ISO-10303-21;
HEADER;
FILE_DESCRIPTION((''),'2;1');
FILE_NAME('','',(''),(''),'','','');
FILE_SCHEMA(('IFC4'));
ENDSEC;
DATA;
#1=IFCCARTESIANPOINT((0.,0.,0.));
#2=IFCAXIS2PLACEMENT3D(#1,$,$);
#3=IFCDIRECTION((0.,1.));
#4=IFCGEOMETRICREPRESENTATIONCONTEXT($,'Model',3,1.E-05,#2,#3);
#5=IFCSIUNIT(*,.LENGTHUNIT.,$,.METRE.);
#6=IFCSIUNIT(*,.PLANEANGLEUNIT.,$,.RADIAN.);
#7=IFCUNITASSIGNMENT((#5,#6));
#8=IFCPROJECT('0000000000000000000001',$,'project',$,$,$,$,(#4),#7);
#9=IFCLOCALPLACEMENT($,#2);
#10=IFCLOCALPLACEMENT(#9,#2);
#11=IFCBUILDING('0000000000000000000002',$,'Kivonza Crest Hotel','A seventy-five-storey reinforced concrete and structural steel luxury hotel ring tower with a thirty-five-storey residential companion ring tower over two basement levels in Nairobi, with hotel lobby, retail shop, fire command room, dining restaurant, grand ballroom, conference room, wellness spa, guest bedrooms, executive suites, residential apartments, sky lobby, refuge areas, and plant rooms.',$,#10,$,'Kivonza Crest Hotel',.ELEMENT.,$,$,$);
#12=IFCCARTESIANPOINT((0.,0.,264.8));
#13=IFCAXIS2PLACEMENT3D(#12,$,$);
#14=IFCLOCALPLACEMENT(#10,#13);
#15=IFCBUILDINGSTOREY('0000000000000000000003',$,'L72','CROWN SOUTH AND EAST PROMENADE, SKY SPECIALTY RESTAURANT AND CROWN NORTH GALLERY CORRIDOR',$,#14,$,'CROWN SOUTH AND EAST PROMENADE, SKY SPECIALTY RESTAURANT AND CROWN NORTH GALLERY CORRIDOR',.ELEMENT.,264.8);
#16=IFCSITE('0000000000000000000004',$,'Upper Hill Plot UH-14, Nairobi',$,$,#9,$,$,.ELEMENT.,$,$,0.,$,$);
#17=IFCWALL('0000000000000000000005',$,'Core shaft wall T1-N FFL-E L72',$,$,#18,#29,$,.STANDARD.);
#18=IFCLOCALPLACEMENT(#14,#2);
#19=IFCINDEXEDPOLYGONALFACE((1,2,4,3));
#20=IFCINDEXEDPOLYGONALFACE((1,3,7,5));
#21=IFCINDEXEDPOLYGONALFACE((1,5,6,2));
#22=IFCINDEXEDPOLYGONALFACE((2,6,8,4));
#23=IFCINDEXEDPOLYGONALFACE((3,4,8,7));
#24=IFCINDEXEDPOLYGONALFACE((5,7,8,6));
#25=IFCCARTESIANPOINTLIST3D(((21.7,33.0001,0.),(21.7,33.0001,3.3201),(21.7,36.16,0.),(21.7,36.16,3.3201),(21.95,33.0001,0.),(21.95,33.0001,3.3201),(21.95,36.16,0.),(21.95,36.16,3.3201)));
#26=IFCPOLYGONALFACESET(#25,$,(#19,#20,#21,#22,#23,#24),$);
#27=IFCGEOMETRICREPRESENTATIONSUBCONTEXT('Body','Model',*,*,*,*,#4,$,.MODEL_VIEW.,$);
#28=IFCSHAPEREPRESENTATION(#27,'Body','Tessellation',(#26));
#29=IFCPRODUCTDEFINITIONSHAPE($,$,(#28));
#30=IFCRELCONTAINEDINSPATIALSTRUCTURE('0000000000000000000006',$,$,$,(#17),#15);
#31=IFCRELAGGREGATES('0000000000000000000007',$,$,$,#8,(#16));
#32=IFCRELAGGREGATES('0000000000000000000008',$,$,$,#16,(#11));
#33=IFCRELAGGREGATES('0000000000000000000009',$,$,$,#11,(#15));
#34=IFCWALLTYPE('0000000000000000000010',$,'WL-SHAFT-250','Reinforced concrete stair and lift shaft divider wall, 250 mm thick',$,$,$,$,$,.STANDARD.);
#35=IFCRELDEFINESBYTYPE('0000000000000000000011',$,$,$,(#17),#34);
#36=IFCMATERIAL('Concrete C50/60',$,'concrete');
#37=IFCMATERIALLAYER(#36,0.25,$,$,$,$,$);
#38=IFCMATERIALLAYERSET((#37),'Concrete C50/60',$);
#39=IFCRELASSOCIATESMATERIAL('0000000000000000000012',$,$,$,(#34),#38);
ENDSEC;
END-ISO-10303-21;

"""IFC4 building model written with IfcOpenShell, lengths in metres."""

from ifc_helpers import new_model, si_unit, direction, frame, frame_2d, origin, place, context, subcontext, project, spatial, rectangle, extrude, material, layer, layer_set, type_object, element, save


model = new_model("IFC4")

# Units and contexts
model_context = context("Model", 3, precision=1e-05, world=origin(), true_north=direction((0.0, 1.0)))
body_context = subcontext(model_context, "Body", "Model", "MODEL_VIEW")
ifc_project = project(units=[si_unit("LENGTHUNIT", "METRE"), si_unit("PLANEANGLEUNIT", "RADIAN")], contexts=[model_context])

# Site, building, storey
site_placement = place(None, origin())
site = spatial("IfcSite", under=ifc_project, at=site_placement, Name="Upper Hill Plot UH-14, Nairobi", CompositionType="ELEMENT", RefElevation=0.0)
building_placement = place(site_placement, origin())
building = spatial("IfcBuilding", under=site, at=building_placement, Name="Kivonza Crest Hotel", Description="A seventy-five-storey reinforced concrete and structural steel luxury hotel ring tower with a thirty-five-storey residential companion ring tower over two basement levels in Nairobi, with hotel lobby, retail shop, fire command room, dining restaurant, grand ballroom, conference room, wellness spa, guest bedrooms, executive suites, residential apartments, sky lobby, refuge areas, and plant rooms.", LongName="Kivonza Crest Hotel", CompositionType="ELEMENT")
storey_placement = place(building_placement, frame((0.0, 0.0, 264.8)))
storey = spatial("IfcBuildingStorey", under=building, at=storey_placement, Name="L72", Description="CROWN SOUTH AND EAST PROMENADE, SKY SPECIALTY RESTAURANT AND CROWN NORTH GALLERY CORRIDOR", LongName="CROWN SOUTH AND EAST PROMENADE, SKY SPECIALTY RESTAURANT AND CROWN NORTH GALLERY CORRIDOR", CompositionType="ELEMENT", Elevation=264.8)

# Shared definitions
ifc_material_1 = material(Name="Concrete C50/60", Category="concrete")

# Shared definitions
ifc_layer_1 = layer(ifc_material_1, 0.25)
ifc_layer_set_1 = layer_set([ifc_layer_1], Name="Concrete C50/60")
wall_type_1 = type_object("IfcWallType", Name="WL-SHAFT-250", Description="Reinforced concrete stair and lift shaft divider wall, 250 mm thick", PredefinedType="STANDARD", material=ifc_layer_set_1)

# Wall
wall_1_placement = place(storey_placement, frame((21.825, 33.0, 0.0), z_axis=(0.0, 0.0, 1.0), x_axis=(0.0, 1.0, 0.0)))
element("IfcWall", 1, at=wall_1_placement, inside=storey, type_object=wall_type_1, Name="Core shaft wall T1-N FFL-E L72", PredefinedType="STANDARD", context=body_context, shape_type="SweptSolid", body=[
    extrude(rectangle(XDim=3.1599, YDim=0.25, at=frame_2d((1.5801, 0.0))), origin(), (0.0, 0.0, 1.0), 3.3201),
])

save(model, "model.ifc")
